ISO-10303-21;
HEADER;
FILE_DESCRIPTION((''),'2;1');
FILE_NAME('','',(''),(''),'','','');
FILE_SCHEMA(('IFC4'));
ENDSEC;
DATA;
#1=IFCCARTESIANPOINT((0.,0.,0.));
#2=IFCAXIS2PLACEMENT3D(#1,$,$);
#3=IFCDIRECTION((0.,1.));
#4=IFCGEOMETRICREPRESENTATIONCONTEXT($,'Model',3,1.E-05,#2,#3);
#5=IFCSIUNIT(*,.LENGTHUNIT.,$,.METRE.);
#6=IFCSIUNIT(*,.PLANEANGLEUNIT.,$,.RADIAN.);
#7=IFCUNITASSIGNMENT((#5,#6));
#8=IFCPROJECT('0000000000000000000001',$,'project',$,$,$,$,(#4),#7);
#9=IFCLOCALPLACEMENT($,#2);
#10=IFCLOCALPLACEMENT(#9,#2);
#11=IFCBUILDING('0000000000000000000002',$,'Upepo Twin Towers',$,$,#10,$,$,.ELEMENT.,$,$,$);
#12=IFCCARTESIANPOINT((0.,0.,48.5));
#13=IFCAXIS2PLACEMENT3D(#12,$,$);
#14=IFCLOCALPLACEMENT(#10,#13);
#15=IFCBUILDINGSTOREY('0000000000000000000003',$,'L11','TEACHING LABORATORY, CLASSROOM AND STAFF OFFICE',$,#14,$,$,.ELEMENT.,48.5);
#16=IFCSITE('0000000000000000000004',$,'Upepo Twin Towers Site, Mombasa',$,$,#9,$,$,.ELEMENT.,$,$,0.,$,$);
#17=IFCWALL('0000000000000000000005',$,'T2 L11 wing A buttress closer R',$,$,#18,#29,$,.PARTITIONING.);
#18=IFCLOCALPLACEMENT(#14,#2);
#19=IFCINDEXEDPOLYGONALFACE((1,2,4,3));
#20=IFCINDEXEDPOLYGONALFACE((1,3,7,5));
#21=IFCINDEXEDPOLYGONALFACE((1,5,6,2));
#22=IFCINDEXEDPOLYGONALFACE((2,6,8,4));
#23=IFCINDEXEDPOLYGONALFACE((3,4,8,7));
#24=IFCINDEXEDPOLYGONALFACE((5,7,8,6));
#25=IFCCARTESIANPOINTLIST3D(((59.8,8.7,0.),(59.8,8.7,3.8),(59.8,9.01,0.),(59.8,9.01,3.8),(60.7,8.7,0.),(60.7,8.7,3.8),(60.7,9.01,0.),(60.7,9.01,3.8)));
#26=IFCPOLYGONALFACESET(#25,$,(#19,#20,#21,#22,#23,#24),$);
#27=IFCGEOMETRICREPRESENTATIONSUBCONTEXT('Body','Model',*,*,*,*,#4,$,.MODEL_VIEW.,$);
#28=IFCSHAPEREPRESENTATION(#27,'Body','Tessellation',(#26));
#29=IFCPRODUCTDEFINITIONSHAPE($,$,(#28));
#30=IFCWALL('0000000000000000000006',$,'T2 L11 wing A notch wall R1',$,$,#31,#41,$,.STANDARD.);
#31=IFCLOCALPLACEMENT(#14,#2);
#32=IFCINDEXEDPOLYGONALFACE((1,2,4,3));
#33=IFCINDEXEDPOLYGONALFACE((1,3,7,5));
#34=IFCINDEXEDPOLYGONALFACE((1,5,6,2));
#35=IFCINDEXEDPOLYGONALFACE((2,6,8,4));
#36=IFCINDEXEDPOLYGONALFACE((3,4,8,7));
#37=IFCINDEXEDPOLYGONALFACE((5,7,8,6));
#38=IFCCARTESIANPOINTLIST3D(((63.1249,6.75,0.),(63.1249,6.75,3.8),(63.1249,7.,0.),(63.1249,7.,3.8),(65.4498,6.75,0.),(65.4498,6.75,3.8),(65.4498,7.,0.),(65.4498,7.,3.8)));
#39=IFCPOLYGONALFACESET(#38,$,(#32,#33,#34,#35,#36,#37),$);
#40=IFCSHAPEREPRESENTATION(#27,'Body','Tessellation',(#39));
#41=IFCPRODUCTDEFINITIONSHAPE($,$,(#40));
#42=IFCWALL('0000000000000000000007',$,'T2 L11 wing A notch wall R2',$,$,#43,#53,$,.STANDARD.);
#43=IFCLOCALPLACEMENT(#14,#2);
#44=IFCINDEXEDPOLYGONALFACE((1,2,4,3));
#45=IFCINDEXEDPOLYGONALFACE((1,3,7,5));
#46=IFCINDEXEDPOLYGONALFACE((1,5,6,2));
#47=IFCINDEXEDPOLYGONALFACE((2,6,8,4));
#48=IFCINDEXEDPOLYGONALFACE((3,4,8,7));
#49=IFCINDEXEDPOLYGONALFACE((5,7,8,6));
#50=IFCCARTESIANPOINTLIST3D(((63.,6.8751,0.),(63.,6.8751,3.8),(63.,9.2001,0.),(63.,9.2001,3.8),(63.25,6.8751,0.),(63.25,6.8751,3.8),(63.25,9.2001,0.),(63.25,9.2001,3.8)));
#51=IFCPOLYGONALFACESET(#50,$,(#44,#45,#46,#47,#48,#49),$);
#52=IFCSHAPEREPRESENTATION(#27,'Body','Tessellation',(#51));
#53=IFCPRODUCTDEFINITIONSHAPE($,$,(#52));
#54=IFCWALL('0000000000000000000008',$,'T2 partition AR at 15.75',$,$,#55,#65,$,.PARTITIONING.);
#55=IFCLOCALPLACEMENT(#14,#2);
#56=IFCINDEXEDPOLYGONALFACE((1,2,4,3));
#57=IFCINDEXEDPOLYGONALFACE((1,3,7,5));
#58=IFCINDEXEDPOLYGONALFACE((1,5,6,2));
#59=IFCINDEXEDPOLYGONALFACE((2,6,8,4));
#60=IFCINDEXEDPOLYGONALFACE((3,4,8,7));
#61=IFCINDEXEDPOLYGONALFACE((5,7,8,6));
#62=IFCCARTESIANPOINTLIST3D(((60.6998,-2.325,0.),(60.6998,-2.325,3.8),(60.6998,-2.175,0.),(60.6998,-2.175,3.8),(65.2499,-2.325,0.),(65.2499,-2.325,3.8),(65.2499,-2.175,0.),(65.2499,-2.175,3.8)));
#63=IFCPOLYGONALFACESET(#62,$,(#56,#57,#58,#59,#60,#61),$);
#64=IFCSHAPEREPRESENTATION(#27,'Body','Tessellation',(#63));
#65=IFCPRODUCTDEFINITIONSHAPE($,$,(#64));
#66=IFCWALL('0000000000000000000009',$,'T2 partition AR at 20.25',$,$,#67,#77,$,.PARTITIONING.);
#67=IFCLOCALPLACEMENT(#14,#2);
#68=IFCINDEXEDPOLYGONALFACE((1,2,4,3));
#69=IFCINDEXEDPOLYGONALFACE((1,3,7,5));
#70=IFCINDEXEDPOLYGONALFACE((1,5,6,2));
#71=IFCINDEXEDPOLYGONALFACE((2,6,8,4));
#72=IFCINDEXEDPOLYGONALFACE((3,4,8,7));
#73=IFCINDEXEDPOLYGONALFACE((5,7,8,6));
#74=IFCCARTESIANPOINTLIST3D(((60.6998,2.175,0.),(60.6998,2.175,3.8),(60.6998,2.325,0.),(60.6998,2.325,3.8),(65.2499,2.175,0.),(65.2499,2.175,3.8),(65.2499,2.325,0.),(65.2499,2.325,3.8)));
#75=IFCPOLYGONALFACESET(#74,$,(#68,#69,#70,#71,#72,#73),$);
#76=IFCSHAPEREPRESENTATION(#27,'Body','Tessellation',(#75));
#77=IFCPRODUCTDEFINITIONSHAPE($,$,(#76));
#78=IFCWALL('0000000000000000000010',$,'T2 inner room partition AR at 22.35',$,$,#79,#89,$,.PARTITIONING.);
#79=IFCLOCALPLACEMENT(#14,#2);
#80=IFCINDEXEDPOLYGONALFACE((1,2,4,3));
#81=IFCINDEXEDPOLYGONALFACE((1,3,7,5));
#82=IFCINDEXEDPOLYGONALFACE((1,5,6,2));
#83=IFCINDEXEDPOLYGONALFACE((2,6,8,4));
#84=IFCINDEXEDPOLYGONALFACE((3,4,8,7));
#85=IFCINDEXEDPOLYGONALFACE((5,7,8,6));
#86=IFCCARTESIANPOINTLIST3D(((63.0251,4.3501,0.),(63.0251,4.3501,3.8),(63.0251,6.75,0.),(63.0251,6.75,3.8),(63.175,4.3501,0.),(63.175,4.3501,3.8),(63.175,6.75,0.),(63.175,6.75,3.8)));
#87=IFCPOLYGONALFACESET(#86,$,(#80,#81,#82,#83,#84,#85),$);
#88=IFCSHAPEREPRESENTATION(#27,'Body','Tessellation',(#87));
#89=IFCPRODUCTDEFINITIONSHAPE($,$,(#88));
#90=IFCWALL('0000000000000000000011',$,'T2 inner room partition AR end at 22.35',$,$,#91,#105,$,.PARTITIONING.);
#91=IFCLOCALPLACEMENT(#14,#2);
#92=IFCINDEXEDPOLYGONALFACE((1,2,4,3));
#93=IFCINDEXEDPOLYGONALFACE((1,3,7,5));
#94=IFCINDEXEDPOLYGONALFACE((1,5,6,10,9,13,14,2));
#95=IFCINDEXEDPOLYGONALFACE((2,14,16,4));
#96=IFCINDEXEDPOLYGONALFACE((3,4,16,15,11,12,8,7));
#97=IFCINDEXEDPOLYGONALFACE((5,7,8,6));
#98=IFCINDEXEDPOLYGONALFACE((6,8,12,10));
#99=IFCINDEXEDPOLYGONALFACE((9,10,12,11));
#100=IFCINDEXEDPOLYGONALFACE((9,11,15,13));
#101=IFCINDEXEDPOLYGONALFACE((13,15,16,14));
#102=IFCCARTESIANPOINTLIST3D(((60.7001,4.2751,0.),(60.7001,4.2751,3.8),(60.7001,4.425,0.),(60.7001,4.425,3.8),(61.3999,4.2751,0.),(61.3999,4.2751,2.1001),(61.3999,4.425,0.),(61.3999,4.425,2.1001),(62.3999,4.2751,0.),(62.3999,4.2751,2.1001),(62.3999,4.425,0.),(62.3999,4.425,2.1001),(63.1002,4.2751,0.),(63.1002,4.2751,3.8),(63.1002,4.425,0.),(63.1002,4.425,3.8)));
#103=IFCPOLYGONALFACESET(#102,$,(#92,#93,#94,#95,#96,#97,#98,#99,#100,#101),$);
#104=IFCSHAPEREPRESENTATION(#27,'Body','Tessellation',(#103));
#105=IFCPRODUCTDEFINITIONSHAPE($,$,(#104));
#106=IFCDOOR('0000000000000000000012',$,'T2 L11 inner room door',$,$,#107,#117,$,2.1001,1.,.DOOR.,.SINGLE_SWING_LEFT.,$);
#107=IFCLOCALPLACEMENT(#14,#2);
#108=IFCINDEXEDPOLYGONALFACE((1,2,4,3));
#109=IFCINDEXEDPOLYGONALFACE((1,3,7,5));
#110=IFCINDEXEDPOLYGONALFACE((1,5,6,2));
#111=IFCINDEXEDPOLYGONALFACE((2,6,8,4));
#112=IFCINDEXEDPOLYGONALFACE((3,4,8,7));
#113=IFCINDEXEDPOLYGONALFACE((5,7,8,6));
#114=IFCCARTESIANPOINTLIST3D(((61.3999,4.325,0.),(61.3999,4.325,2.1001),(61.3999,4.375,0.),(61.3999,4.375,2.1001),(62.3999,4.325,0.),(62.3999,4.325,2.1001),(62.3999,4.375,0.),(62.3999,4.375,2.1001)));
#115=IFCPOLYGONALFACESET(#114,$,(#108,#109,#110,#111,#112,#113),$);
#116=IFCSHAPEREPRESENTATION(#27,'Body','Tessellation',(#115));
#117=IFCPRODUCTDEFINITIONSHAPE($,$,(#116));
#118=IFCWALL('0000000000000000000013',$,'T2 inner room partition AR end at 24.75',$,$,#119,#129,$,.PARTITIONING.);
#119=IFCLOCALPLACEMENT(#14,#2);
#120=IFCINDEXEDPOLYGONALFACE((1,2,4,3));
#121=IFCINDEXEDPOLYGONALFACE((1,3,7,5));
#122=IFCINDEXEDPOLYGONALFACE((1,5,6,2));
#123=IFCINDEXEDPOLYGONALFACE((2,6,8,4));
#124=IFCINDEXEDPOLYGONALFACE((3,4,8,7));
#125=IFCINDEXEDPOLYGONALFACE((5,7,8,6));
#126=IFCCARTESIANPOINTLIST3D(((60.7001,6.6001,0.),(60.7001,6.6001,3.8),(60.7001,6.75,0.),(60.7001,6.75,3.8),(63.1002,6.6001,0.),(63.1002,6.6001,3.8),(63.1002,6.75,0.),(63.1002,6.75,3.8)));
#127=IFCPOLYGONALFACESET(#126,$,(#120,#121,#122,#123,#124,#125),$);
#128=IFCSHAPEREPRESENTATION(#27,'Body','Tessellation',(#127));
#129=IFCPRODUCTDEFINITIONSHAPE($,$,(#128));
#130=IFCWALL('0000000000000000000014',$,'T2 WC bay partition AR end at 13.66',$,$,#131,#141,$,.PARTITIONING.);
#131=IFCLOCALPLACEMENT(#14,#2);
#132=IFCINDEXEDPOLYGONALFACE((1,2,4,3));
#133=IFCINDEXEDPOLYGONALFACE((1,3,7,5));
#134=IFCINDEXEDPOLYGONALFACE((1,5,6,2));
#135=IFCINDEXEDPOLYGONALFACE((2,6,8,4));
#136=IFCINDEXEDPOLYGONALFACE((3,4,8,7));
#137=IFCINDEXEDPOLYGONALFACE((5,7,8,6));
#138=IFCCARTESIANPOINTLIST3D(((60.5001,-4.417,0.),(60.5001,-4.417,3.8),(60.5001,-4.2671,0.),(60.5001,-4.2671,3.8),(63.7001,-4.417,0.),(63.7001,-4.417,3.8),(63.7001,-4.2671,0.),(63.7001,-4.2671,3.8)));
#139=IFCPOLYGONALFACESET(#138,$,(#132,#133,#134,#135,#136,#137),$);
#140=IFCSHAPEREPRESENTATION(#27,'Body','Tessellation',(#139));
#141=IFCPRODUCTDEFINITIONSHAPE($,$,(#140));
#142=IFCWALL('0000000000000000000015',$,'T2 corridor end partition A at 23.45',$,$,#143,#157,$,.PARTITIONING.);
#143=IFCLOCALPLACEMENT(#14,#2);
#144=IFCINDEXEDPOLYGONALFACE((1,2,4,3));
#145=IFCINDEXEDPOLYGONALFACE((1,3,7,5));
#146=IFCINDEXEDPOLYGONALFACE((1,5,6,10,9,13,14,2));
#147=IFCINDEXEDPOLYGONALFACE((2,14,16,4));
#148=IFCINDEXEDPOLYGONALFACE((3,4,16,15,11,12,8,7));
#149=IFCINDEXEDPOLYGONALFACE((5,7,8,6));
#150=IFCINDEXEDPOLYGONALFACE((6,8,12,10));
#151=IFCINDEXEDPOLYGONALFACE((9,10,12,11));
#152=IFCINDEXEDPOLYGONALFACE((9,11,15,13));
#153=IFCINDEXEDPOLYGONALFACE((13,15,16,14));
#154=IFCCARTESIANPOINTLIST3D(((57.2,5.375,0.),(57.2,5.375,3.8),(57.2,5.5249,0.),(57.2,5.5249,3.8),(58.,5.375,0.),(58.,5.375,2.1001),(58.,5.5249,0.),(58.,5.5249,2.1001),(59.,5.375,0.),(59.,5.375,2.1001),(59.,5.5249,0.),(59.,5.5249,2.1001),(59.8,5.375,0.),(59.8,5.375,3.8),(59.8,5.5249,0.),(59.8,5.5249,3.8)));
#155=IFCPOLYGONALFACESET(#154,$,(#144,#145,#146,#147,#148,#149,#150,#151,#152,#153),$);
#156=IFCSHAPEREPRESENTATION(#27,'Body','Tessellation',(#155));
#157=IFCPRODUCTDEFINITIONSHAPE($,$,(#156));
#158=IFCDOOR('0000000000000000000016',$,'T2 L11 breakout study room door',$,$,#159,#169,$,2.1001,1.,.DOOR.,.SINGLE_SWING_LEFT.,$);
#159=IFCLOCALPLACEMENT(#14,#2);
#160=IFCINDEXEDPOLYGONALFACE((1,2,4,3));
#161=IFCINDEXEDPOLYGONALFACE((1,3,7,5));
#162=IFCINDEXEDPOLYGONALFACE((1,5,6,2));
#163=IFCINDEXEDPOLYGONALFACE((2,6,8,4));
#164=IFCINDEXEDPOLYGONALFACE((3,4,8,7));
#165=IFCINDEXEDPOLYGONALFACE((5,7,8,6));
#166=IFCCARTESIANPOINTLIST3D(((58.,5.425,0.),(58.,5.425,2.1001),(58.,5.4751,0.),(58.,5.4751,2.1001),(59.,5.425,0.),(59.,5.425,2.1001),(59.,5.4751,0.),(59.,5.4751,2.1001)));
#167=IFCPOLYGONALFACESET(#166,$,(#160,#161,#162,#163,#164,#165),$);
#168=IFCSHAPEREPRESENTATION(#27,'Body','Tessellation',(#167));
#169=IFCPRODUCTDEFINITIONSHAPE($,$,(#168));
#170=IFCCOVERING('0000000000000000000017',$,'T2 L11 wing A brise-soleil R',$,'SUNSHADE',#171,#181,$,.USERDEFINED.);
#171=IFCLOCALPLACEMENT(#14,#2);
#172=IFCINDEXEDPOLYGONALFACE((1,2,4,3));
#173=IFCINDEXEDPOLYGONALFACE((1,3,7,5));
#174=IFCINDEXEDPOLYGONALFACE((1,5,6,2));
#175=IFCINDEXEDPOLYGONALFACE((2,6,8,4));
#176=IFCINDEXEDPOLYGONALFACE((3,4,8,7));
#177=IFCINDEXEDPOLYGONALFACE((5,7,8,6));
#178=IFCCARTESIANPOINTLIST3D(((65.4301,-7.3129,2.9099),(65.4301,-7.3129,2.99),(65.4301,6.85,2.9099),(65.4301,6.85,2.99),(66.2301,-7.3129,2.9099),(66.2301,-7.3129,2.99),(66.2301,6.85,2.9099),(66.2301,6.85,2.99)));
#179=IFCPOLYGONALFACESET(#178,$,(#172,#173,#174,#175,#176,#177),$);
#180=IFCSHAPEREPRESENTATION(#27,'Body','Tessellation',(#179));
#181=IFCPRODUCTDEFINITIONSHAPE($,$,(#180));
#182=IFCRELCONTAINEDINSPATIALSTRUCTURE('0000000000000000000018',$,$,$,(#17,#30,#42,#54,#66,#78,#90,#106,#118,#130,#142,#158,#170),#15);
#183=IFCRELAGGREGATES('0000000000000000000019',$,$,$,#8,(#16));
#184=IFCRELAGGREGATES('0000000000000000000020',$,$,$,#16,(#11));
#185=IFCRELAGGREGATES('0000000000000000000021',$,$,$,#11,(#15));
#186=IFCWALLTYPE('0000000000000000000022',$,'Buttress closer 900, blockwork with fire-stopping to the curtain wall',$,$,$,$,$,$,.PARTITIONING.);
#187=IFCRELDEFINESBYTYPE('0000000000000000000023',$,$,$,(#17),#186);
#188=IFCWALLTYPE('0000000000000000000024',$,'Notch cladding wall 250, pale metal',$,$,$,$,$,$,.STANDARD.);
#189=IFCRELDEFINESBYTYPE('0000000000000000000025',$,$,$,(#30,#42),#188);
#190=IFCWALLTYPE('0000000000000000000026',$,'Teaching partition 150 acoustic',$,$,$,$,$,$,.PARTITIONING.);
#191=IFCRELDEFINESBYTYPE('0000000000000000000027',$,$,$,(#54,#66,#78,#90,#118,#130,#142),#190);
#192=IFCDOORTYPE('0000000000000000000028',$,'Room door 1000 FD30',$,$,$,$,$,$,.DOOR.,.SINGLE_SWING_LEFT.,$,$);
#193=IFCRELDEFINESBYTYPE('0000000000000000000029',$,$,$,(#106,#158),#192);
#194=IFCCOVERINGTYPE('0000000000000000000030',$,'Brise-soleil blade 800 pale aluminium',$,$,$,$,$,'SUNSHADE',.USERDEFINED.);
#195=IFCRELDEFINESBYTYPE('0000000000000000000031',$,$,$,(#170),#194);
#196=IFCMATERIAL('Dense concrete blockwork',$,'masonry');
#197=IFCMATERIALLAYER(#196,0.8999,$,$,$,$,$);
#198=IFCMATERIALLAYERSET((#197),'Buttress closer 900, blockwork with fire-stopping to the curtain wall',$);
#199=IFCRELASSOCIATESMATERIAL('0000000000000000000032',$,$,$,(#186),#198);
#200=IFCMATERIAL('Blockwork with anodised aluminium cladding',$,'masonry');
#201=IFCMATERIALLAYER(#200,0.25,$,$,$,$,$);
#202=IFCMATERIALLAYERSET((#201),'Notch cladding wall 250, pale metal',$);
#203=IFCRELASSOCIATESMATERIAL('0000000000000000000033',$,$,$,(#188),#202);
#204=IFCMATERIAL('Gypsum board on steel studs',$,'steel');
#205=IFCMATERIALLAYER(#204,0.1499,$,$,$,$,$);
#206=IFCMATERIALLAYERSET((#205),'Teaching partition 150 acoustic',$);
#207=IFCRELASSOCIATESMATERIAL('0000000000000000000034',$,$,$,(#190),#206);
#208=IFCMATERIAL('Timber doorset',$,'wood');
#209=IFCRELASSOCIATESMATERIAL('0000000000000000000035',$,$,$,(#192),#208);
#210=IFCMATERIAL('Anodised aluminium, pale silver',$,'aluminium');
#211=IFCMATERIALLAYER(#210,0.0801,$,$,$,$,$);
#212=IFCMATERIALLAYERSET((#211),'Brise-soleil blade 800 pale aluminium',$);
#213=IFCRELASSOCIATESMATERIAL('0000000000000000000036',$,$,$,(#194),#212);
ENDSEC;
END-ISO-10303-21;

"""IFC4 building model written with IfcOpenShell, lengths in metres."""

from ifc_helpers import new_model, si_unit, direction, frame, frame_2d, origin, origin_2d, place, context, subcontext, project, spatial, rectangle, extrude, material, layer, layer_set, type_object, element, fill, save


model = new_model("IFC4")

# Units and contexts
model_context = context("Model", 3, precision=1e-05, world=origin(), true_north=direction((0.0, 1.0)))
body_context = subcontext(model_context, "Body", "Model", "MODEL_VIEW")
ifc_project = project(units=[si_unit("LENGTHUNIT", "METRE"), si_unit("PLANEANGLEUNIT", "RADIAN")], contexts=[model_context])

# Site, building, storey
site_placement = place(None, origin())
site = spatial("IfcSite", under=ifc_project, at=site_placement, Name="Upepo Twin Towers Site, Mombasa", CompositionType="ELEMENT", RefElevation=0.0)
building_placement = place(site_placement, origin())
building = spatial("IfcBuilding", under=site, at=building_placement, Name="Upepo Twin Towers", CompositionType="ELEMENT")
storey_placement = place(building_placement, frame((0.0, 0.0, 48.5)))
storey = spatial("IfcBuildingStorey", under=building, at=storey_placement, Name="L11", Description="TEACHING LABORATORY, CLASSROOM AND STAFF OFFICE", CompositionType="ELEMENT", Elevation=48.5)

# Walls
ifc_material_1 = material(Name="Dense concrete blockwork", Category="masonry")
ifc_layer_1 = layer(ifc_material_1, 0.8999)
ifc_layer_set_1 = layer_set([ifc_layer_1], Name="Buttress closer 900, blockwork with fire-stopping to the curtain wall")
wall_type_1 = type_object("IfcWallType", Name="Buttress closer 900, blockwork with fire-stopping to the curtain wall", PredefinedType="PARTITIONING", material=ifc_layer_set_1)
wall_1_placement = place(storey_placement, frame((60.25, 8.7, 0.0), z_axis=(0.0, 0.0, 1.0), x_axis=(0.0, 1.0, 0.0)))
element("IfcWall", 1, at=wall_1_placement, inside=storey, type_object=wall_type_1, Name="T2 L11 wing A buttress closer R", PredefinedType="PARTITIONING", context=body_context, shape_type="SweptSolid", body=[
    extrude(rectangle(XDim=0.3101, YDim=0.8999, at=frame_2d((0.155, 0.0))), origin(), (0.0, 0.0, 1.0), 3.8),
])
ifc_material_2 = material(Name="Blockwork with anodised aluminium cladding", Category="masonry")
ifc_layer_2 = layer(ifc_material_2, 0.25)
ifc_layer_set_2 = layer_set([ifc_layer_2], Name="Notch cladding wall 250, pale metal")
wall_type_2 = type_object("IfcWallType", Name="Notch cladding wall 250, pale metal", PredefinedType="STANDARD", material=ifc_layer_set_2)
for number, where, z_axis, x_axis, name in (
    (2, (65.45, 6.875, 0.0), (0.0, 0.0, 1.0), (-1.0, 0.0, 0.0), "T2 L11 wing A notch wall R1"),
    (3, (63.125, 6.875, 0.0), (0.0, 0.0, 1.0), (0.0, 1.0, 0.0), "T2 L11 wing A notch wall R2"),
):
    element("IfcWall", number, at=place(storey_placement, frame(where, z_axis=z_axis, x_axis=x_axis)), inside=storey, type_object=wall_type_2, Name=name, PredefinedType="STANDARD", context=body_context, shape_type="SweptSolid", body=[
        extrude(rectangle(XDim=2.325, YDim=0.25, at=frame_2d((1.1626, 0.0))), origin(), (0.0, 0.0, 1.0), 3.8),
    ])
ifc_material_3 = material(Name="Gypsum board on steel studs", Category="steel")
ifc_layer_3 = layer(ifc_material_3, 0.1499)
ifc_layer_set_3 = layer_set([ifc_layer_3], Name="Teaching partition 150 acoustic")
wall_type_3 = type_object("IfcWallType", Name="Teaching partition 150 acoustic", PredefinedType="PARTITIONING", material=ifc_layer_set_3)
for number, where, z_axis, x_axis, name in (
    (4, (60.7, -2.25, 0.0), (0.0, 0.0, 1.0), (1.0, 0.0, 0.0), "T2 partition AR at 15.75"),
    (5, (60.7, 2.25, 0.0), (0.0, 0.0, 1.0), (1.0, 0.0, 0.0), "T2 partition AR at 20.25"),
):
    element("IfcWall", number, at=place(storey_placement, frame(where, z_axis=z_axis, x_axis=x_axis)), inside=storey, type_object=wall_type_3, Name=name, PredefinedType="PARTITIONING", context=body_context, shape_type="SweptSolid", body=[
        extrude(rectangle(XDim=4.55, YDim=0.1499, at=frame_2d((2.2749, 0.0))), origin(), (0.0, 0.0, 1.0), 3.8),
    ])
wall_2_placement = place(storey_placement, frame((63.1001, 4.3501, 0.0), z_axis=(0.0, 0.0, 1.0), x_axis=(0.0, 1.0, 0.0)))
element("IfcWall", 6, at=wall_2_placement, inside=storey, type_object=wall_type_3, Name="T2 inner room partition AR at 22.35", PredefinedType="PARTITIONING", context=body_context, shape_type="SweptSolid", body=[
    extrude(rectangle(XDim=2.3999, YDim=0.1499, at=frame_2d((1.2, 0.0))), origin(), (0.0, 0.0, 1.0), 3.8),
])

# Wall, opening, door
wall_3_placement = place(storey_placement, frame((60.7, 4.3501, 0.0), z_axis=(0.0, 0.0, 1.0), x_axis=(1.0, 0.0, 0.0)))
wall_3 = element("IfcWall", 7, at=wall_3_placement, inside=storey, type_object=wall_type_3, Name="T2 inner room partition AR end at 22.35", PredefinedType="PARTITIONING", context=body_context, shape_type="SweptSolid", body=[
    extrude(rectangle(XDim=2.4001, YDim=0.1499, at=frame_2d((1.2002, 0.0))), origin(), (0.0, 0.0, 1.0), 3.8),
])
opening_1_placement = place(wall_3_placement, frame((0.7, 0.0, 0.0)))
opening_1 = element("IfcOpeningElement", 8, at=opening_1_placement, cuts=wall_3, PredefinedType="OPENING", context=body_context, shape_type="SweptSolid", body=[
    extrude(rectangle(XDim=1.0, YDim=2.1001, at=frame_2d((0.5, 1.05))), frame((0.0, 0.085, 0.0), z_axis=(0.0, -1.0, 0.0), x_axis=(1.0, 0.0, 0.0)), (0.0, 0.0, 1.0), 0.1699),
])
ifc_material_4 = material(Name="Timber doorset", Category="wood")
door_type = type_object("IfcDoorType", Name="Room door 1000 FD30", OperationType="SINGLE_SWING_LEFT", PredefinedType="DOOR", material=ifc_material_4)
door_1_placement = place(opening_1_placement, origin())
door_1 = element("IfcDoor", 9, at=door_1_placement, inside=storey, type_object=door_type, Name="T2 L11 inner room door", OperationType="SINGLE_SWING_LEFT", OverallHeight=2.1001, OverallWidth=1.0, PredefinedType="DOOR", context=body_context, shape_type="SweptSolid", body=[
    extrude(rectangle(XDim=1.0, YDim=2.1001, at=frame_2d((0.5, 1.05))), frame((0.0, 0.0249, 0.0), z_axis=(0.0, -1.0, 0.0), x_axis=(1.0, 0.0, 0.0)), (0.0, 0.0, 1.0), 0.05),
])
fill(opening_1, door_1)

# Walls
wall_4_placement = place(storey_placement, frame((60.7, 6.675, 0.0), z_axis=(0.0, 0.0, 1.0), x_axis=(1.0, 0.0, 0.0)))
element("IfcWall", 10, at=wall_4_placement, inside=storey, type_object=wall_type_3, Name="T2 inner room partition AR end at 24.75", PredefinedType="PARTITIONING", context=body_context, shape_type="SweptSolid", body=[
    extrude(rectangle(XDim=2.4001, YDim=0.1499, at=frame_2d((1.2002, 0.0))), origin(), (0.0, 0.0, 1.0), 3.8),
])
wall_5_placement = place(storey_placement, frame((60.5, -4.342, 0.0), z_axis=(0.0, 0.0, 1.0), x_axis=(1.0, 0.0, 0.0)))
element("IfcWall", 11, at=wall_5_placement, inside=storey, type_object=wall_type_3, Name="T2 WC bay partition AR end at 13.66", PredefinedType="PARTITIONING", context=body_context, shape_type="SweptSolid", body=[
    extrude(rectangle(XDim=3.2, YDim=0.1499, at=frame_2d((1.6001, 0.0))), origin(), (0.0, 0.0, 1.0), 3.8),
])

# Wall, opening, door
wall_6_placement = place(storey_placement, frame((59.8, 5.45, 0.0), z_axis=(0.0, 0.0, 1.0), x_axis=(-1.0, 0.0, 0.0)))
wall_6 = element("IfcWall", 12, at=wall_6_placement, inside=storey, type_object=wall_type_3, Name="T2 corridor end partition A at 23.45", PredefinedType="PARTITIONING", context=body_context, shape_type="SweptSolid", body=[
    extrude(rectangle(XDim=2.6001, YDim=0.1499, at=frame_2d((1.3, 0.0))), origin(), (0.0, 0.0, 1.0), 3.8),
])
opening_2_placement = place(wall_6_placement, frame((0.8, 0.0, 0.0)))
opening_2 = element("IfcOpeningElement", 13, at=opening_2_placement, cuts=wall_6, PredefinedType="OPENING", context=body_context, shape_type="SweptSolid", body=[
    extrude(rectangle(XDim=1.0, YDim=2.1001, at=frame_2d((0.5, 1.05))), frame((0.0, 0.085, 0.0), z_axis=(0.0, -1.0, 0.0), x_axis=(1.0, 0.0, 0.0)), (0.0, 0.0, 1.0), 0.1699),
])
door_2_placement = place(opening_2_placement, origin())
door_2 = element("IfcDoor", 14, at=door_2_placement, inside=storey, type_object=door_type, Name="T2 L11 breakout study room door", OperationType="SINGLE_SWING_LEFT", OverallHeight=2.1001, OverallWidth=1.0, PredefinedType="DOOR", context=body_context, shape_type="SweptSolid", body=[
    extrude(rectangle(XDim=1.0, YDim=2.1001, at=frame_2d((0.5, 1.05))), frame((0.0, 0.0249, 0.0), z_axis=(0.0, -1.0, 0.0), x_axis=(1.0, 0.0, 0.0)), (0.0, 0.0, 1.0), 0.05),
])
fill(opening_2, door_2)

# Covering
ifc_material_5 = material(Name="Anodised aluminium, pale silver", Category="aluminium")
ifc_layer_4 = layer(ifc_material_5, 0.0801)
ifc_layer_set_4 = layer_set([ifc_layer_4], Name="Brise-soleil blade 800 pale aluminium")
covering_type = type_object("IfcCoveringType", Name="Brise-soleil blade 800 pale aluminium", ElementType="SUNSHADE", PredefinedType="USERDEFINED", material=ifc_layer_set_4)
covering_placement = place(storey_placement, frame((65.8301, -0.2314, 2.9099), z_axis=(0.0, 0.0, 1.0), x_axis=(0.0, 1.0, 0.0)))
element("IfcCovering", 15, at=covering_placement, inside=storey, type_object=covering_type, Name="T2 L11 wing A brise-soleil R", ObjectType="SUNSHADE", PredefinedType="USERDEFINED", context=body_context, shape_type="SweptSolid", body=[
    extrude(rectangle(XDim=14.1628, YDim=0.8, at=origin_2d()), origin(), (0.0, 0.0, 1.0), 0.0801),
])

save(model, "model.ifc")
